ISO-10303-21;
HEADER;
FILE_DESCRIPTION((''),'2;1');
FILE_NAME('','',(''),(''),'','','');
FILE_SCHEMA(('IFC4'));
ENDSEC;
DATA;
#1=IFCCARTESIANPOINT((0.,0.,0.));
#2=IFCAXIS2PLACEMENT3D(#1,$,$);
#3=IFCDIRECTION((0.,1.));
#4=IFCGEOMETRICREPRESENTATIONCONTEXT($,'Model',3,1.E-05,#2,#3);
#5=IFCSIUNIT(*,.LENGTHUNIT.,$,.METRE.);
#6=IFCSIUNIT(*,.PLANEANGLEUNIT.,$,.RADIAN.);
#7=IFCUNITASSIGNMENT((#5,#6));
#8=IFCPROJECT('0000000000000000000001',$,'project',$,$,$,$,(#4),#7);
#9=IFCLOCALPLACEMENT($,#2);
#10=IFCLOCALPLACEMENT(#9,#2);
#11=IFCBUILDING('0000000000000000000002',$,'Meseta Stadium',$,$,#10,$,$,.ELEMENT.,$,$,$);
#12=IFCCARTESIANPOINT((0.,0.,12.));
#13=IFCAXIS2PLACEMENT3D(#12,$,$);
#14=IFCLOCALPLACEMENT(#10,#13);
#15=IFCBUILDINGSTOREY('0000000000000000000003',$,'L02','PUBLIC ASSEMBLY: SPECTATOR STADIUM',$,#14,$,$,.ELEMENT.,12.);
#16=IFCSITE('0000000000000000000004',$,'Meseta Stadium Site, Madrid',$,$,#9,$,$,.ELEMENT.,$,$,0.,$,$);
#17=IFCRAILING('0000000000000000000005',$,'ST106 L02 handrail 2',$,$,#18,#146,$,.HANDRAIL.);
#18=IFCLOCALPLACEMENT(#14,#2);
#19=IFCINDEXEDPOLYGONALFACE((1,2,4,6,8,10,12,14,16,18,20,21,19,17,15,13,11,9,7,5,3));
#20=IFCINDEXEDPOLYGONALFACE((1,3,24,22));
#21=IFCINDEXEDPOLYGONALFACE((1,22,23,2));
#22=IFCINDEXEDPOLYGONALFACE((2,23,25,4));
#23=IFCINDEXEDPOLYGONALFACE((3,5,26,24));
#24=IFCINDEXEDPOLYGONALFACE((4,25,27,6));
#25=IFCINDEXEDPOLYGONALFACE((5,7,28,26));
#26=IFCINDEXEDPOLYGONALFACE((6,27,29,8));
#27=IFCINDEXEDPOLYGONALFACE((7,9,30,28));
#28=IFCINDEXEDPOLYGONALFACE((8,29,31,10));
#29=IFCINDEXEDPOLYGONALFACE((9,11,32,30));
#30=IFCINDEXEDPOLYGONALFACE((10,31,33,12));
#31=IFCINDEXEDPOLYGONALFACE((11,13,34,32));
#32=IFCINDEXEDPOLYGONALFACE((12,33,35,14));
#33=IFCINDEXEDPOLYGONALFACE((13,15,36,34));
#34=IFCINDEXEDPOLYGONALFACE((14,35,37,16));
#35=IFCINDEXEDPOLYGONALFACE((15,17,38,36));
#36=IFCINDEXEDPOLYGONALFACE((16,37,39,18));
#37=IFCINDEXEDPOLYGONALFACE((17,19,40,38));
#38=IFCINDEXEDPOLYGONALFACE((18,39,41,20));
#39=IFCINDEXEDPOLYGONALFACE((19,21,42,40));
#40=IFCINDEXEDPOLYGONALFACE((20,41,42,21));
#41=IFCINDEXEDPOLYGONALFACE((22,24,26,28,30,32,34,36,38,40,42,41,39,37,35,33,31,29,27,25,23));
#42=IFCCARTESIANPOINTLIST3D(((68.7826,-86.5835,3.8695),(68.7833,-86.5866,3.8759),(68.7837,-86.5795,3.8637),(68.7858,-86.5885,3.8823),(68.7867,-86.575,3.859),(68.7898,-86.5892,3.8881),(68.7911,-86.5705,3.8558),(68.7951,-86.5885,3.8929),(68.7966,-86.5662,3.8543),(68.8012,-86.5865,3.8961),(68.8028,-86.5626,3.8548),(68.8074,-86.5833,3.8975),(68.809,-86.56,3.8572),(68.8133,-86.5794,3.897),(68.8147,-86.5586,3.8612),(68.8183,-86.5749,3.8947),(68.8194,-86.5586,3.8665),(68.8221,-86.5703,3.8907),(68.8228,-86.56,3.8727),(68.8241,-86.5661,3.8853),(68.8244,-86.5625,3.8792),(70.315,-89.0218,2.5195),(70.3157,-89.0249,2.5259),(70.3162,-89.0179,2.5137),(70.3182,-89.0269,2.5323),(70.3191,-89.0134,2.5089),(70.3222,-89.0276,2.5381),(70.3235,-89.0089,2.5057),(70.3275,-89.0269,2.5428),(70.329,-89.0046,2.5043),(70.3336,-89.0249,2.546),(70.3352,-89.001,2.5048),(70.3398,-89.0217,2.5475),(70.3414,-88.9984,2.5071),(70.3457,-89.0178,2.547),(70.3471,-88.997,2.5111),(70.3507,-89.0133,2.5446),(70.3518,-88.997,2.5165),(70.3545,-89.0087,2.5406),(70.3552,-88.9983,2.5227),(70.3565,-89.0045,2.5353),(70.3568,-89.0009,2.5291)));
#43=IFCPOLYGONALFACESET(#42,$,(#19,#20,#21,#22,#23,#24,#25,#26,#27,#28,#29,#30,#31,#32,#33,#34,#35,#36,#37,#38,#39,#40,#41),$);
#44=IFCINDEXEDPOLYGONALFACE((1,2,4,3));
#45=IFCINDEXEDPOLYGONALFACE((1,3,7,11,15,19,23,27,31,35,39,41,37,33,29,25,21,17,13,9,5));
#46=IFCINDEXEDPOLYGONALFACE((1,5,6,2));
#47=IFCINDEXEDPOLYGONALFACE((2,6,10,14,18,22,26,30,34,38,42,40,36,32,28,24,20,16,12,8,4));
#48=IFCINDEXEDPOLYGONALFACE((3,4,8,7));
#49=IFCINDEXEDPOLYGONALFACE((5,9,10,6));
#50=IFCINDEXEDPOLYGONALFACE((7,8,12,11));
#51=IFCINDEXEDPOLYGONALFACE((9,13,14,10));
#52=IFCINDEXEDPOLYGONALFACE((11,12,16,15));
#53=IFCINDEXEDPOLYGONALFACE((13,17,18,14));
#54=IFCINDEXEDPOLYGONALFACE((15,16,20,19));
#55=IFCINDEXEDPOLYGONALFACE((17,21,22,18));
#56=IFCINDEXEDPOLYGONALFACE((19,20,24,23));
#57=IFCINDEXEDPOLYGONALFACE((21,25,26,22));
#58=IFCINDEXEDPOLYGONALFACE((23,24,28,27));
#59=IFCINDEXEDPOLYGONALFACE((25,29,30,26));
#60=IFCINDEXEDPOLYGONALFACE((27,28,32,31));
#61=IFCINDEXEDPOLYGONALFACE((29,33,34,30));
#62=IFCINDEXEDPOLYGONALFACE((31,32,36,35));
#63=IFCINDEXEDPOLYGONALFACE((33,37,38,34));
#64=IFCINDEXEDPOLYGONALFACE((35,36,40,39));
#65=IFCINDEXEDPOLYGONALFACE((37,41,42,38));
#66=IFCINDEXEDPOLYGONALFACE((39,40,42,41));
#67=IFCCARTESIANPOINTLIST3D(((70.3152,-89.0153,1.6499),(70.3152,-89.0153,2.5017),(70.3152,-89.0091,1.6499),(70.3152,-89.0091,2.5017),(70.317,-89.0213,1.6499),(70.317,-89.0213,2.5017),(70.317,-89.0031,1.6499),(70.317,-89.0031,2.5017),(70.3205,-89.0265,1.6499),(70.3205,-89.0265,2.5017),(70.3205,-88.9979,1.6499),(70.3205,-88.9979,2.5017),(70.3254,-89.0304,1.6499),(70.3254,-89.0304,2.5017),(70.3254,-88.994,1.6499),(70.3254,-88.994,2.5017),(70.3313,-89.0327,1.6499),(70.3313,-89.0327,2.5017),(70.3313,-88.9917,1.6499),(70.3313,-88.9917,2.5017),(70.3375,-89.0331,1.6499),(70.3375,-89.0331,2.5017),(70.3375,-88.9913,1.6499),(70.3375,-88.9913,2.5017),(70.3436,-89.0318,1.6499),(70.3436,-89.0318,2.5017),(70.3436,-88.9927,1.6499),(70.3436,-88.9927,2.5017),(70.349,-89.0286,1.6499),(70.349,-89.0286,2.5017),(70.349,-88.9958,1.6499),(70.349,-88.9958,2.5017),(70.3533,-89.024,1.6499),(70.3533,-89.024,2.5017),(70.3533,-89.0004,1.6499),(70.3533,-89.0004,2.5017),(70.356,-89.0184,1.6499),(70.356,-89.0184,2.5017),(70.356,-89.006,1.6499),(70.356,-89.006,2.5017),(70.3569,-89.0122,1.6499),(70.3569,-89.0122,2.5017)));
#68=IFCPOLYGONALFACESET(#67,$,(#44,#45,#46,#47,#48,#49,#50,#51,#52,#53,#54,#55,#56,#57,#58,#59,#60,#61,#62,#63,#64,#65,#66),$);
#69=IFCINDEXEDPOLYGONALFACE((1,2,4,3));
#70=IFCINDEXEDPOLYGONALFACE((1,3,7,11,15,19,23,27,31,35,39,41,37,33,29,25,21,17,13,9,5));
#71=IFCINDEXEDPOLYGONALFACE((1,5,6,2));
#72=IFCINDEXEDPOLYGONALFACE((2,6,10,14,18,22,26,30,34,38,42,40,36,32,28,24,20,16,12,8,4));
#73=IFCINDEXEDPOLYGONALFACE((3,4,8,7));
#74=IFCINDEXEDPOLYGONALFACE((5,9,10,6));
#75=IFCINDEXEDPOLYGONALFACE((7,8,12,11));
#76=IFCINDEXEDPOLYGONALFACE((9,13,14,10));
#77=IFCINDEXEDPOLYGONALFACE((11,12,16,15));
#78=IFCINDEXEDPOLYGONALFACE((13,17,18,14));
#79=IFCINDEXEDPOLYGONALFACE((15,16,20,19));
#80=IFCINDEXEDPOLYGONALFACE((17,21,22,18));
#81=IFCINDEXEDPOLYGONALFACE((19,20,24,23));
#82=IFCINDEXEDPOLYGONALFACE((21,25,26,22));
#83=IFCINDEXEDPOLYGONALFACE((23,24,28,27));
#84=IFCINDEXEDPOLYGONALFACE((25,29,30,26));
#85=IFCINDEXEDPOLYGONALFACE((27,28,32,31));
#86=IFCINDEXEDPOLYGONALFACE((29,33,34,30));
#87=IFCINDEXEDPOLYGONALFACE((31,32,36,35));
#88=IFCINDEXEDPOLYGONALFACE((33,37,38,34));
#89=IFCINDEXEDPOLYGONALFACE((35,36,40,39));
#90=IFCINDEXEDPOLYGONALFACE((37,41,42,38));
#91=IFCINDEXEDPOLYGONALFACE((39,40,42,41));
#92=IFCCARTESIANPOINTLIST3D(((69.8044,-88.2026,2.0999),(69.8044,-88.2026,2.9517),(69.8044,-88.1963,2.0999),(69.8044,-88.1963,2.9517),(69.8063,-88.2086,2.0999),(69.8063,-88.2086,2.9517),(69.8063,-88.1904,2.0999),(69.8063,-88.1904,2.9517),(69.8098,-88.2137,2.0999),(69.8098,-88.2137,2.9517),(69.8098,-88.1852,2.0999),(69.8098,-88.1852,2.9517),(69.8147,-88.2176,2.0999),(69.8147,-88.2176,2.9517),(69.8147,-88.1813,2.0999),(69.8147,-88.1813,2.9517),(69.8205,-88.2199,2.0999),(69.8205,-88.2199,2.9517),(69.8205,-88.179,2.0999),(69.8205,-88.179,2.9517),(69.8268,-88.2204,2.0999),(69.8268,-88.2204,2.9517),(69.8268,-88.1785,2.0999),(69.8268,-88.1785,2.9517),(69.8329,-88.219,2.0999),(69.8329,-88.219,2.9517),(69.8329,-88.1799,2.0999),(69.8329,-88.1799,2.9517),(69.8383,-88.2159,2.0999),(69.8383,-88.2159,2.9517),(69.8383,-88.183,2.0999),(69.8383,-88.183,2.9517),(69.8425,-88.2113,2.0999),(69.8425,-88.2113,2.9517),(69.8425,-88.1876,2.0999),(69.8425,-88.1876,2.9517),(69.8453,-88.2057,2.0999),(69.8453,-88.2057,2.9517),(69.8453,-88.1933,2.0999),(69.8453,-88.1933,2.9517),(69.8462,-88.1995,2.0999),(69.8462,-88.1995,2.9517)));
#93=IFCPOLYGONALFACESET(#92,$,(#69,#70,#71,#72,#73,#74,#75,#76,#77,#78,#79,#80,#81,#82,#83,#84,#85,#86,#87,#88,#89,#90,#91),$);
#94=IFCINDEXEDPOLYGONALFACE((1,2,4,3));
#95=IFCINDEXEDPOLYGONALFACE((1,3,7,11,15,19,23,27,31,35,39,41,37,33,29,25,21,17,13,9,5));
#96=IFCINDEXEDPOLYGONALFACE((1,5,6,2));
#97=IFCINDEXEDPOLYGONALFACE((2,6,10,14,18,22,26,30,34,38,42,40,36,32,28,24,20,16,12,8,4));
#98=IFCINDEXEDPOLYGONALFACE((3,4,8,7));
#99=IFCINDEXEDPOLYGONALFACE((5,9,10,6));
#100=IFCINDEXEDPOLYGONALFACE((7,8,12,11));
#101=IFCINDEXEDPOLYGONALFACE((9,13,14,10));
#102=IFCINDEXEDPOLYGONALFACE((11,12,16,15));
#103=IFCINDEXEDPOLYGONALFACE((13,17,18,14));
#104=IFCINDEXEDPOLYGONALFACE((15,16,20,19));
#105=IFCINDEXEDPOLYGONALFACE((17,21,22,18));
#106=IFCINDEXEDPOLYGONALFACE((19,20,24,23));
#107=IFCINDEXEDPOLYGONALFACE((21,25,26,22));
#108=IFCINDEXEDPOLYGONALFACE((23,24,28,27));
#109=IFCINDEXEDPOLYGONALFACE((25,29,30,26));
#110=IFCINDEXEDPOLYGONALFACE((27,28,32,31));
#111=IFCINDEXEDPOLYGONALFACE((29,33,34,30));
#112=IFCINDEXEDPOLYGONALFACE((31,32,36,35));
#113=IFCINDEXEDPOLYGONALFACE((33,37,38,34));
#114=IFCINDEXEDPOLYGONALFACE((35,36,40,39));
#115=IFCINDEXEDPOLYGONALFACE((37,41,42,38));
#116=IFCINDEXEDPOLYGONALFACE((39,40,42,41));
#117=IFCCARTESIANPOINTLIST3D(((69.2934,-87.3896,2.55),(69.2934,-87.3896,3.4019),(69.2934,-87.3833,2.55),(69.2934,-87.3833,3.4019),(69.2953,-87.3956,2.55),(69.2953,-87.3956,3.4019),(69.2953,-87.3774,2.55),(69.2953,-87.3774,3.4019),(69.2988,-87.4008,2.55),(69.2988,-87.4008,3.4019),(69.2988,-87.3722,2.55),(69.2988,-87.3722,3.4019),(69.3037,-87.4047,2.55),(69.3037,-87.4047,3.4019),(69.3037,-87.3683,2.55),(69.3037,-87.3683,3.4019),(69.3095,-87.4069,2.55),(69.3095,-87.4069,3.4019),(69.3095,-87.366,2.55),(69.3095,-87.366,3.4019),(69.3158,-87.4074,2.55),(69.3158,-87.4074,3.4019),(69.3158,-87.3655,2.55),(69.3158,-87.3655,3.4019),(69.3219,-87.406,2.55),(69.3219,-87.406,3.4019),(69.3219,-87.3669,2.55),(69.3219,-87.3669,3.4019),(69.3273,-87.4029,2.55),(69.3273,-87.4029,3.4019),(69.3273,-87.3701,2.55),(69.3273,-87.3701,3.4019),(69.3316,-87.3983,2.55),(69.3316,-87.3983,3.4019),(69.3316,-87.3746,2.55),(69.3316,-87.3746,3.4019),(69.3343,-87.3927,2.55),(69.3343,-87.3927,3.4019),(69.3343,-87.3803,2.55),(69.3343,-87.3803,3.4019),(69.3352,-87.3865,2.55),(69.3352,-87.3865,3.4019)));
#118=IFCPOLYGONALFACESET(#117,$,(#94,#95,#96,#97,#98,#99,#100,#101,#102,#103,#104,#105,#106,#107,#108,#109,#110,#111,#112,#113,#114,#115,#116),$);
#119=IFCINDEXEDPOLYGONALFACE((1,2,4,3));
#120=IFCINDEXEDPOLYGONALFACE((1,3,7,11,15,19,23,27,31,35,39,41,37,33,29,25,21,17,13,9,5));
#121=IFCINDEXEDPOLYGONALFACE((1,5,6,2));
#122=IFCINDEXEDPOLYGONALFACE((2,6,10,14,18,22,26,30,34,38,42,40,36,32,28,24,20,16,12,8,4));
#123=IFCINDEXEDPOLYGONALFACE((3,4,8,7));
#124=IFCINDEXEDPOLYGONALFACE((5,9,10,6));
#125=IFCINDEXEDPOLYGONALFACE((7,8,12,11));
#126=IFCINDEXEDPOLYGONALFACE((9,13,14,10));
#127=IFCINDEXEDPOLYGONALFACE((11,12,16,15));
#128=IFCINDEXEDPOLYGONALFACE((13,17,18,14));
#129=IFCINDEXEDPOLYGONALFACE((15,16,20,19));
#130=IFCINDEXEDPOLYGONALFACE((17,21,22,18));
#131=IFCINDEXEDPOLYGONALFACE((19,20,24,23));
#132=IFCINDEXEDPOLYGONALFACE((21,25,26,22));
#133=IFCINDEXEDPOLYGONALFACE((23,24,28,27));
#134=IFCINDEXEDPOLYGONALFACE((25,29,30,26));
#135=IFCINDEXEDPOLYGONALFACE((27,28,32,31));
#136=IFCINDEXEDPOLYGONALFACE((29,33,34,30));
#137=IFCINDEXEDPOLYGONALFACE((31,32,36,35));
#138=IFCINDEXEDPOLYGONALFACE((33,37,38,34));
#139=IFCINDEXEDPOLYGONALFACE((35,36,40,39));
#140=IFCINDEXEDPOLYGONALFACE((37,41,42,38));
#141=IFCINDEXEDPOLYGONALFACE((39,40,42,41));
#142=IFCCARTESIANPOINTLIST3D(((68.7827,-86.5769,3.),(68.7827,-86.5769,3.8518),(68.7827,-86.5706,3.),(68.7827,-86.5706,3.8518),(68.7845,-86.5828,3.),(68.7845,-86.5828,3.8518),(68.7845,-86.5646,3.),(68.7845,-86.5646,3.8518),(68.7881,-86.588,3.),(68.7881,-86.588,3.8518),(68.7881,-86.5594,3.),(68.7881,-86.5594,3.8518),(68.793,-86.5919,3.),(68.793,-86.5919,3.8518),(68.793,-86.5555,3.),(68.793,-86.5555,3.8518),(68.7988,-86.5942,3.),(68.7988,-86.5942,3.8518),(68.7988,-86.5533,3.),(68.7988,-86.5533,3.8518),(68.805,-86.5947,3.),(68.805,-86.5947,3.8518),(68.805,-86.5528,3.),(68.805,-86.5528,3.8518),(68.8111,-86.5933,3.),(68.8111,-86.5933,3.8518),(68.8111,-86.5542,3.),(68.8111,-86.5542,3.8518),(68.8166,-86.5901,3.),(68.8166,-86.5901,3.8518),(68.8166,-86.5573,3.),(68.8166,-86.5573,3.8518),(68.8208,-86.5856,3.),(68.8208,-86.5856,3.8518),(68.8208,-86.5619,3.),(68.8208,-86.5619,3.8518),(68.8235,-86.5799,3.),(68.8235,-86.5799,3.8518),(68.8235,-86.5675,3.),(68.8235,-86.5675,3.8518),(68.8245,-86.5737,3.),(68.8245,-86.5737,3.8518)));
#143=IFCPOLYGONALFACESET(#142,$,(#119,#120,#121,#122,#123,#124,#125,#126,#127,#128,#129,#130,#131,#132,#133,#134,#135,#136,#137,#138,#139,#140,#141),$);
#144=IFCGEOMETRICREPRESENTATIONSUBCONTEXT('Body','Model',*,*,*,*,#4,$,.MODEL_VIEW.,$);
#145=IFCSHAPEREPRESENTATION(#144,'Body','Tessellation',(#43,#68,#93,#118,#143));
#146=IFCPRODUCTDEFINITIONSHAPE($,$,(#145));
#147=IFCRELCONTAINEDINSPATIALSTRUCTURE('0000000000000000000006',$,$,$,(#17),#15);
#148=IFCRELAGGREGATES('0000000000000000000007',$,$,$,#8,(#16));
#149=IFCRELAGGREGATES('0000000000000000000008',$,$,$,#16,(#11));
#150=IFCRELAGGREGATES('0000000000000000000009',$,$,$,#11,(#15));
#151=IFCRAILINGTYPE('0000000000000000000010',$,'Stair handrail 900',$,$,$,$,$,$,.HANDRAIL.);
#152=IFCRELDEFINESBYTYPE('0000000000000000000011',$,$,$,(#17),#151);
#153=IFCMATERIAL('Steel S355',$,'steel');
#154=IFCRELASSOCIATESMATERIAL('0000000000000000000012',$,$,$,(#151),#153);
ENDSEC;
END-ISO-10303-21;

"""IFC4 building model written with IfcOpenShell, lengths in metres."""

from ifc_helpers import new_model, si_unit, direction, frame, origin, origin_2d, place, context, subcontext, project, spatial, circle, extrude, material, type_object, element, save


model = new_model("IFC4")

# Units and contexts
model_context = context("Model", 3, precision=1e-05, world=origin(), true_north=direction((0.0, 1.0)))
body_context = subcontext(model_context, "Body", "Model", "MODEL_VIEW")
ifc_project = project(units=[si_unit("LENGTHUNIT", "METRE"), si_unit("PLANEANGLEUNIT", "RADIAN")], contexts=[model_context])

# Site, building, storey
site_placement = place(None, origin())
site = spatial("IfcSite", under=ifc_project, at=site_placement, Name="Meseta Stadium Site, Madrid", CompositionType="ELEMENT", RefElevation=0.0)
building_placement = place(site_placement, origin())
building = spatial("IfcBuilding", under=site, at=building_placement, Name="Meseta Stadium", CompositionType="ELEMENT")
storey_placement = place(building_placement, frame((0.0, 0.0, 12.0)))
storey = spatial("IfcBuildingStorey", under=building, at=storey_placement, Name="L02", Description="PUBLIC ASSEMBLY: SPECTATOR STADIUM", CompositionType="ELEMENT", Elevation=12.0)

# Railing
ifc_material_1 = material(Name="Steel S355", Category="steel")
railing_type_1 = type_object("IfcRailingType", Name="Stair handrail 900", PredefinedType="HANDRAIL", material=ifc_material_1)
for number, where, name in (
    (1, (70.3359, -89.0122, 1.6499), "ST106 L02 handrail 2"),
):
    element("IfcRailing", number, at=place(storey_placement, frame(where)), inside=storey, type_object=railing_type_1, Name=name, PredefinedType="HANDRAIL", context=body_context, shape_type="SweptSolid", body=[
        extrude(circle(Radius=0.0239, at=origin_2d()), frame((0.0, 0.0, 0.876), z_axis=(-0.48179, 0.766627, 0.424454), x_axis=(-0.846681, -0.5321, 0.0)), (0.0, 0.0, 1.0), 3.1807),
        extrude(circle(Radius=0.021, at=origin_2d()), origin(), (0.0, 0.0, 1.0), 0.8518),
        extrude(circle(Radius=0.021, at=origin_2d()), frame((-0.5107, 0.8127, 0.45)), (0.0, 0.0, 1.0), 0.8518),
        extrude(circle(Radius=0.021, at=origin_2d()), frame((-1.0217, 1.6257, 0.9001)), (0.0, 0.0, 1.0), 0.8518),
        extrude(circle(Radius=0.021, at=origin_2d()), frame((-1.5325, 2.4385, 1.3501)), (0.0, 0.0, 1.0), 0.8518),
    ])

save(model, "model.ifc")
